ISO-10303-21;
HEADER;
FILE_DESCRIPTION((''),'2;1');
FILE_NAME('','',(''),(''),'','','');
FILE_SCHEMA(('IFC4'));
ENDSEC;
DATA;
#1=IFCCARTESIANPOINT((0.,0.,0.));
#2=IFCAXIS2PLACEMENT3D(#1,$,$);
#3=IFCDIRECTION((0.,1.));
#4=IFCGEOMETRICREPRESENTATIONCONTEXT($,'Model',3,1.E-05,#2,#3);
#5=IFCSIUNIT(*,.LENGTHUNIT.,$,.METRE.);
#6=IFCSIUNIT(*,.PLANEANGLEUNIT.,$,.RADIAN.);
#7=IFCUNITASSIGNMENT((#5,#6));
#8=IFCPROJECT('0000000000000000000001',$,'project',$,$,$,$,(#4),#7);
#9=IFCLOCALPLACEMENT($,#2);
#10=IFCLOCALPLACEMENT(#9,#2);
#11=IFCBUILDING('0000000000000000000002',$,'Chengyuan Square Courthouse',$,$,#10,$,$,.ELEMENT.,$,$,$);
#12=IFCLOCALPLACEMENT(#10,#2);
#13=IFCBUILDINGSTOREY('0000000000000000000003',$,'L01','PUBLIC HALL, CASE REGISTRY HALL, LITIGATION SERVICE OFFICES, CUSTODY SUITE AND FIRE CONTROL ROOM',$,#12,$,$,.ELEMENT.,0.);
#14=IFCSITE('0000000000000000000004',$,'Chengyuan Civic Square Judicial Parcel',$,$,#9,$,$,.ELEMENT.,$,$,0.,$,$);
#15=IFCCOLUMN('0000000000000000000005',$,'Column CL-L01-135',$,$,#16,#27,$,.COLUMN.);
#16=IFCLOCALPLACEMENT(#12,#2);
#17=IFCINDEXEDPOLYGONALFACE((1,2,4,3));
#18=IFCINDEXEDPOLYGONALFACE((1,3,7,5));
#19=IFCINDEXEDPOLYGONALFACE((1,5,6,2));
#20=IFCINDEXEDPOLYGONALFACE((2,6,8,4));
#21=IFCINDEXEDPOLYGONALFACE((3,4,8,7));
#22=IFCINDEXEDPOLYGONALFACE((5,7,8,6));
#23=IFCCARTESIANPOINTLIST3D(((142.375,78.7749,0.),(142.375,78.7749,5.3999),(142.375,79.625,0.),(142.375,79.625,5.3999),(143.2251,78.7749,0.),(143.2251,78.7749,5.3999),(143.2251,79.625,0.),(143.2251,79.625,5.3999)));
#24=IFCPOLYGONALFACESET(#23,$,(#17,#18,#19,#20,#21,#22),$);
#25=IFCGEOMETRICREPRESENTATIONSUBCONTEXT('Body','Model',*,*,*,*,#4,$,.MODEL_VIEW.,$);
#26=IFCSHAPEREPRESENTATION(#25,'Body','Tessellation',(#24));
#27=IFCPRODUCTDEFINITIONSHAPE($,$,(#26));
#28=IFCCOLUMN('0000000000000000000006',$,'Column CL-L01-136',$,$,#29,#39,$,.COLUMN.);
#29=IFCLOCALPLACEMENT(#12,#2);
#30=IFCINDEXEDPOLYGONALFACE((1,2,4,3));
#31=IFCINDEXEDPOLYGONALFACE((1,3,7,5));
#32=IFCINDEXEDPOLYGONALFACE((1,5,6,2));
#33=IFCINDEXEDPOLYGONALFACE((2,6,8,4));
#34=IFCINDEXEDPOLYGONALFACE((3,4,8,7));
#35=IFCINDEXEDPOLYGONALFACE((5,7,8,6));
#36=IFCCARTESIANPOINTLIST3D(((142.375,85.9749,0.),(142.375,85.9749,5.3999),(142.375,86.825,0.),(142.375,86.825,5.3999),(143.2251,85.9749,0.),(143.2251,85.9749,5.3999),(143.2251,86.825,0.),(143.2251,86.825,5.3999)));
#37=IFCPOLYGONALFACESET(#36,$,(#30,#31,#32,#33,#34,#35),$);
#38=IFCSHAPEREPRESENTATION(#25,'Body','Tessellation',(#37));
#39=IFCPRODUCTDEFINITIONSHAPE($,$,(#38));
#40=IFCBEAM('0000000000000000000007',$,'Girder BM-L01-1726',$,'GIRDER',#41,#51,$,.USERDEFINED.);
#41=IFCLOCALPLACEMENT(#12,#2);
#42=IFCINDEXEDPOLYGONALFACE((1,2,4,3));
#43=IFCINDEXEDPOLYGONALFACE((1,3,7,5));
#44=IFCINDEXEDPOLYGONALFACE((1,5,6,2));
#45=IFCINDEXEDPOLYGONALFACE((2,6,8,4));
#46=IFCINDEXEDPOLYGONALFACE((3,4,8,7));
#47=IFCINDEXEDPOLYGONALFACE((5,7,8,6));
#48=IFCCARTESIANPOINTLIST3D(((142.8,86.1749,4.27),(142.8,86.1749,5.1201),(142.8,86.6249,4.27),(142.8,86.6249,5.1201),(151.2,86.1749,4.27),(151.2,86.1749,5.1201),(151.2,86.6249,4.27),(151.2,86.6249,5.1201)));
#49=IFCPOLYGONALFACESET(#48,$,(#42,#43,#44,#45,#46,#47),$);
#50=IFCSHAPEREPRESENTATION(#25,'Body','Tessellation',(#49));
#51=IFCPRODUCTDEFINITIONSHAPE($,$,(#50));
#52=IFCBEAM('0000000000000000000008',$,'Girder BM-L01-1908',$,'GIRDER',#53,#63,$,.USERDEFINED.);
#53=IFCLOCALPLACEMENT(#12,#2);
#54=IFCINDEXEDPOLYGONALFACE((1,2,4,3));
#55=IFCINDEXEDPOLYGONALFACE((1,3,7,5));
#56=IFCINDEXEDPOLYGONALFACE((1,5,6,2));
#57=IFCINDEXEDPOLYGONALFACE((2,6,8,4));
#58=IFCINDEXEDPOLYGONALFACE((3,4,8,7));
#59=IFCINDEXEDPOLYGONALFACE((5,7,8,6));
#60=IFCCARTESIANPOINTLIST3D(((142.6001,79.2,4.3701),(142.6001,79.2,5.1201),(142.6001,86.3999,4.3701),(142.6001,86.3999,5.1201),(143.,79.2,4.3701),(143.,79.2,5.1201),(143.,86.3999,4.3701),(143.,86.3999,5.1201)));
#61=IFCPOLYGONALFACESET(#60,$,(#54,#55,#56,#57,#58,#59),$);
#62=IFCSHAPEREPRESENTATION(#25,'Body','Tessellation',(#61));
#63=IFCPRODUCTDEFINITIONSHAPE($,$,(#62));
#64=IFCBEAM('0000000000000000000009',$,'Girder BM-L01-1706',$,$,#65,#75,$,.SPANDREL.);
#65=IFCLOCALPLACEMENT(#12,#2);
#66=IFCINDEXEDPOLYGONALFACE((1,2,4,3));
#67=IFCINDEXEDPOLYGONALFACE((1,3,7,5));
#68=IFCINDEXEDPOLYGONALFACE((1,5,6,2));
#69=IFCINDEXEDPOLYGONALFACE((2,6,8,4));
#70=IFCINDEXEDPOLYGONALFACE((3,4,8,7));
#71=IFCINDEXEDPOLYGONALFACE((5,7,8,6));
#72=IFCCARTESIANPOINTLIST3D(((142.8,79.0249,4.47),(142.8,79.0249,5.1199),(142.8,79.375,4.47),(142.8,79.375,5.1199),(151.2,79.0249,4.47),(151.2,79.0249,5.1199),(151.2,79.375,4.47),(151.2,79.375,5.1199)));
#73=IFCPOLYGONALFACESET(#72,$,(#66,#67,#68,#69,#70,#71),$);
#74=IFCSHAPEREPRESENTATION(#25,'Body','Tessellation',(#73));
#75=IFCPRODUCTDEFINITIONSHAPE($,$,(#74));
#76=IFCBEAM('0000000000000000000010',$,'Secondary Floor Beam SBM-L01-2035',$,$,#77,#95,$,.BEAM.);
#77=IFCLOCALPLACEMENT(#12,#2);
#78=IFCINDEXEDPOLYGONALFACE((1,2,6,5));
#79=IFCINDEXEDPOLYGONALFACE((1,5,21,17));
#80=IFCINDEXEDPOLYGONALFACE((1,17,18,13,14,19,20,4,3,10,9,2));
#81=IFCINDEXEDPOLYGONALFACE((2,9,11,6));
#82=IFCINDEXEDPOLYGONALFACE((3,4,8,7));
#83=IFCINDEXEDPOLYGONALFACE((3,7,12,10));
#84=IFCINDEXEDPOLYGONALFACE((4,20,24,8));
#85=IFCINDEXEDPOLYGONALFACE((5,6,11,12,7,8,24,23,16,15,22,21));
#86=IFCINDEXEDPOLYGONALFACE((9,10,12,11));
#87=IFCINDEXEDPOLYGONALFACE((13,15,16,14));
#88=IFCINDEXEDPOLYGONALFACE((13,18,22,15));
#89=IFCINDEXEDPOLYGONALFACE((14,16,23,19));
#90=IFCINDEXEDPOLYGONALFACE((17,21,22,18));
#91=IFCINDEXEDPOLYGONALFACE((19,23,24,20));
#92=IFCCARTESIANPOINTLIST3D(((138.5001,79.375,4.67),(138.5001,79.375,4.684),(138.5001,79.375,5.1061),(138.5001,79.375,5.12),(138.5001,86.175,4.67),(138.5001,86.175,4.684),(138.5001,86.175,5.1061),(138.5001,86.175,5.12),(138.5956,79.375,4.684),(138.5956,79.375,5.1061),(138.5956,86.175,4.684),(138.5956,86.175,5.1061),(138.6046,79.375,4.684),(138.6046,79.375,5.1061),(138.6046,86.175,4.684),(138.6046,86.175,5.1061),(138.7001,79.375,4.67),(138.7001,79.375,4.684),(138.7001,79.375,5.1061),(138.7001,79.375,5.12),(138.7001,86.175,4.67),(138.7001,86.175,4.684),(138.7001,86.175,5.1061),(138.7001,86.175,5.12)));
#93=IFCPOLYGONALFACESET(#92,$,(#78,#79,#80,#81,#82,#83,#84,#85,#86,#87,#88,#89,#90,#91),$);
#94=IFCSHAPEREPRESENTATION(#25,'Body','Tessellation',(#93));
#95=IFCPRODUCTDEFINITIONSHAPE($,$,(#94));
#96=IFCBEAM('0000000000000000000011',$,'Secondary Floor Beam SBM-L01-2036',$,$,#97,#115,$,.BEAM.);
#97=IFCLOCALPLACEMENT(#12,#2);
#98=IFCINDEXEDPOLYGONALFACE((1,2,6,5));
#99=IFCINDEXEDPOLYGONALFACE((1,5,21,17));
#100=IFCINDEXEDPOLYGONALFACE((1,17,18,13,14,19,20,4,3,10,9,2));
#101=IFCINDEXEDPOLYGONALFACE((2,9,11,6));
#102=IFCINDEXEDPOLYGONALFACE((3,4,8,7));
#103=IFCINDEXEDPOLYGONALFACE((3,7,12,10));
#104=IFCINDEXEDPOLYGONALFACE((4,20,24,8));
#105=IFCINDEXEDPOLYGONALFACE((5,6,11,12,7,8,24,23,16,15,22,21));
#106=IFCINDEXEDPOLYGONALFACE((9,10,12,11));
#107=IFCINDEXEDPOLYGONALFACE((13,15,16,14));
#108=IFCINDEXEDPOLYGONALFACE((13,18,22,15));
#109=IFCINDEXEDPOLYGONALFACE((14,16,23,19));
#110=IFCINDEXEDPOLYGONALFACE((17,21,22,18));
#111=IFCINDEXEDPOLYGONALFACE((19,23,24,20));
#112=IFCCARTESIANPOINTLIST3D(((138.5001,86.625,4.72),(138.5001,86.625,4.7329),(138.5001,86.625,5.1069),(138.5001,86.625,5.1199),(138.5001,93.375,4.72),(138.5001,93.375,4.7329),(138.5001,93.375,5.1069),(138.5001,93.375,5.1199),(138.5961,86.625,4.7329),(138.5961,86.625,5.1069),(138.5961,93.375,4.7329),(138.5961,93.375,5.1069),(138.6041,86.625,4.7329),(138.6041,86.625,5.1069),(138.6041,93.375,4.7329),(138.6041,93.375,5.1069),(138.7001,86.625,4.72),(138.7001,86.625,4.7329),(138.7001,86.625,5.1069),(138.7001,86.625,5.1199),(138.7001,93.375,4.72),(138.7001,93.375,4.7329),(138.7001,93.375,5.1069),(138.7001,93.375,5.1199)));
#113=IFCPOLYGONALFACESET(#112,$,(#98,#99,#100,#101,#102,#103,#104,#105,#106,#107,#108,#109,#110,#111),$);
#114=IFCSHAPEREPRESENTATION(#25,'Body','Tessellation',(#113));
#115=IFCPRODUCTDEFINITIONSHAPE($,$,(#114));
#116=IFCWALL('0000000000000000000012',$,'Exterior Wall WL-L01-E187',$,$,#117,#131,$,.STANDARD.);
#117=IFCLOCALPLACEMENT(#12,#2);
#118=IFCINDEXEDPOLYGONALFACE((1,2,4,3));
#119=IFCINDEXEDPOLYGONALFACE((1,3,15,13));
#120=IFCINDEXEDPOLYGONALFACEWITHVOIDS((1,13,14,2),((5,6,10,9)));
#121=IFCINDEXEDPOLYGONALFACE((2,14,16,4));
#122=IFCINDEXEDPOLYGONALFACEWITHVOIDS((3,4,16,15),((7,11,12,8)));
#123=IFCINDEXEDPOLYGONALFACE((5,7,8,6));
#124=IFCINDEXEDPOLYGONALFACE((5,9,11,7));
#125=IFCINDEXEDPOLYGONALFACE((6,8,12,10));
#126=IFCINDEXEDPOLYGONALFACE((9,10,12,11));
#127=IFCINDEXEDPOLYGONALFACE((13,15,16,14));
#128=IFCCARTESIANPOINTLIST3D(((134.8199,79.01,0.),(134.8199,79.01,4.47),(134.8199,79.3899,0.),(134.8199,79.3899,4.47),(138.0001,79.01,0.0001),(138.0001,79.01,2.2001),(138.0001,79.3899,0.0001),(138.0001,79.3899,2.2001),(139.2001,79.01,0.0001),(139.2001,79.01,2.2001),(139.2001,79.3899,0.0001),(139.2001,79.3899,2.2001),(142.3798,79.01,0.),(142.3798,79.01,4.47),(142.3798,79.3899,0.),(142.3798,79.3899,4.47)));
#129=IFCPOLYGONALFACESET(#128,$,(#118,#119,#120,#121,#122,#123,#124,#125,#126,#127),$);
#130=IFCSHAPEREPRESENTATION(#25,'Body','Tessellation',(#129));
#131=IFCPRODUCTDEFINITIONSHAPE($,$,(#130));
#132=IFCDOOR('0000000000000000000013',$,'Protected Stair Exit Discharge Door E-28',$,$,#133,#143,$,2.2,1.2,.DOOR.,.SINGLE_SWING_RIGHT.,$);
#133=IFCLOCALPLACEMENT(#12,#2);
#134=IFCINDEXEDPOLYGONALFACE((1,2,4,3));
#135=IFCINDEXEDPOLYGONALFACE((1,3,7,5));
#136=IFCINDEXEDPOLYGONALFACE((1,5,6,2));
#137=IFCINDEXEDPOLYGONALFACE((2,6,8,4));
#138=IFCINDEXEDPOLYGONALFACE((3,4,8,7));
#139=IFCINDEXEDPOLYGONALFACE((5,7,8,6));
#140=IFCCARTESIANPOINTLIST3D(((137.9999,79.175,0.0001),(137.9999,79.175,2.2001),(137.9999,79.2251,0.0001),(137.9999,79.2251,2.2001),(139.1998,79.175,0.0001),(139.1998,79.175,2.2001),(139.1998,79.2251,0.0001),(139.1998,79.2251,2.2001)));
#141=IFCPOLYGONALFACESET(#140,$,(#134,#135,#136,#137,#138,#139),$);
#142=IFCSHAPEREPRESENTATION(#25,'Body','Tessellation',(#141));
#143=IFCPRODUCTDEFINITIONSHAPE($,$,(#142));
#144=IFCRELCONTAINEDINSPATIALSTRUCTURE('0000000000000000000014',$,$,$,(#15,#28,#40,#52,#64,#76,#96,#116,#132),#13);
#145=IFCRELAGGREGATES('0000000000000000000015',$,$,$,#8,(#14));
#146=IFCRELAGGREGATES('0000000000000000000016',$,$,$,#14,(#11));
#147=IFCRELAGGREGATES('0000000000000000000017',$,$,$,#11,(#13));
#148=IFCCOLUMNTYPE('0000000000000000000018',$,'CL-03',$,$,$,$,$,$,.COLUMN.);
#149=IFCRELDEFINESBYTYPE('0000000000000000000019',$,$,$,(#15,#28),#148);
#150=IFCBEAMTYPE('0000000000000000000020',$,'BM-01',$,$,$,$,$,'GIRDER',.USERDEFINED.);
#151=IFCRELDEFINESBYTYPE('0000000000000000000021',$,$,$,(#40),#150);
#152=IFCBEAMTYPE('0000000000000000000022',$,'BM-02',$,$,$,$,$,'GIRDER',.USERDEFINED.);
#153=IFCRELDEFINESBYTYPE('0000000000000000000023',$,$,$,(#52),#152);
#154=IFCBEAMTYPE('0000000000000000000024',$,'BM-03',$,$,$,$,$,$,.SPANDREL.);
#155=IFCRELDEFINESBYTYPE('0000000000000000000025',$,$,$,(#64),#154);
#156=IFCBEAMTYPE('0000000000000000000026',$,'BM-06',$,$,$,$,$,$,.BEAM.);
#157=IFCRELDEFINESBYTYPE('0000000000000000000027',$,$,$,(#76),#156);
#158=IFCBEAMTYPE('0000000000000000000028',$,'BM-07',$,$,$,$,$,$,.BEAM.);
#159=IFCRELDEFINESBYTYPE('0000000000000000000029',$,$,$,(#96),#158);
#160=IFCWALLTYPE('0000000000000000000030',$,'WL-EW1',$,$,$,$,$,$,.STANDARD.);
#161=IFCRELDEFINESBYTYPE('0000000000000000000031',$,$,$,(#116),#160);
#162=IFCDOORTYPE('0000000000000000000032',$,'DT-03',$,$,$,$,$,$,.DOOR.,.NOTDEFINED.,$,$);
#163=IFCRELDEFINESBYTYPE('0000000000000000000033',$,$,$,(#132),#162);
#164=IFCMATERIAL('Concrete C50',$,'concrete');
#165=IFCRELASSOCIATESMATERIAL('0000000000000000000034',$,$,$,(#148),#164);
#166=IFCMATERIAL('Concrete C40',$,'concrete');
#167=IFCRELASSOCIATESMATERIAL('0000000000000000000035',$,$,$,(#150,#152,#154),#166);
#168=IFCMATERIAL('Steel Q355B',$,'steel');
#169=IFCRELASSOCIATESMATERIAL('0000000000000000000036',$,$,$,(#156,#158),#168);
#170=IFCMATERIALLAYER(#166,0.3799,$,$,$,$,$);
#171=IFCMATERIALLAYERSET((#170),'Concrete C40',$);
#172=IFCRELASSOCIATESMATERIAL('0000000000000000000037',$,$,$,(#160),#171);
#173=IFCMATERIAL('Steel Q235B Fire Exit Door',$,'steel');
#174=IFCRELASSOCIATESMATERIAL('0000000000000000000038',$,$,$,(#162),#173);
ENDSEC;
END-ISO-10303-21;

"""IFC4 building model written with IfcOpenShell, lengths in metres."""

from ifc_helpers import new_model, si_unit, direction, frame, frame_2d, origin, origin_2d, place, context, subcontext, project, spatial, rectangle, i_section, extrude, material, layer, layer_set, material_profile, profile_set, type_object, element, fill, save


model = new_model("IFC4")

# Units and contexts
model_context = context("Model", 3, precision=1e-05, world=origin(), true_north=direction((0.0, 1.0)))
body_context = subcontext(model_context, "Body", "Model", "MODEL_VIEW")
ifc_project = project(units=[si_unit("LENGTHUNIT", "METRE"), si_unit("PLANEANGLEUNIT", "RADIAN")], contexts=[model_context])

# Site, building, storey
site_placement = place(None, origin())
site = spatial("IfcSite", under=ifc_project, at=site_placement, Name="Chengyuan Civic Square Judicial Parcel", CompositionType="ELEMENT", RefElevation=0.0)
building_placement = place(site_placement, origin())
building = spatial("IfcBuilding", under=site, at=building_placement, Name="Chengyuan Square Courthouse", CompositionType="ELEMENT")
storey_placement = place(building_placement, origin())
storey = spatial("IfcBuildingStorey", under=building, at=storey_placement, Name="L01", Description="PUBLIC HALL, CASE REGISTRY HALL, LITIGATION SERVICE OFFICES, CUSTODY SUITE AND FIRE CONTROL ROOM", CompositionType="ELEMENT", Elevation=0.0)

# Columns
ifc_material_1 = material(Name="Concrete C50", Category="concrete")
ifc_material_profile_1 = material_profile(ifc_material_1, rectangle(XDim=0.8501, YDim=0.8501, at=origin_2d()), Name="RC-COL-850x850")
ifc_profile_set_1 = profile_set([ifc_material_profile_1], Name="Concrete C50")
column_type = type_object("IfcColumnType", Name="CL-03", PredefinedType="COLUMN", material=ifc_profile_set_1)
for number, where, z_axis, x_axis, name in (
    (1, (142.8, 79.2, 0.0), (0.0, 0.0, 1.0), (1.0, 0.0, 0.0), "Column CL-L01-135"),
    (2, (142.8, 86.3999, 0.0), (0.0, 0.0, 1.0), (1.0, 0.0, 0.0), "Column CL-L01-136"),
):
    element("IfcColumn", number, at=place(storey_placement, frame(where, z_axis=z_axis, x_axis=x_axis)), inside=storey, type_object=column_type, Name=name, PredefinedType="COLUMN", context=body_context, shape_type="SweptSolid", body=[
        extrude(rectangle(XDim=0.8501, YDim=0.8501, at=origin_2d()), origin(), (0.0, 0.0, 1.0), 5.3999),
    ])

# Beams
ifc_material_2 = material(Name="Concrete C40", Category="concrete")
ifc_material_profile_2 = material_profile(ifc_material_2, rectangle(XDim=0.45, YDim=0.8501, at=origin_2d()), Name="RC-BM-450x850")
ifc_profile_set_2 = profile_set([ifc_material_profile_2], Name="Concrete C40")
beam_type_1 = type_object("IfcBeamType", Name="BM-01", ElementType="GIRDER", PredefinedType="USERDEFINED", material=ifc_profile_set_2)
beam_1_placement = place(storey_placement, frame((142.8, 86.3999, 4.6951), z_axis=(1.0, 0.0, 0.0), x_axis=(0.0, 1.0, 0.0)))
element("IfcBeam", 3, at=beam_1_placement, inside=storey, type_object=beam_type_1, Name="Girder BM-L01-1726", ObjectType="GIRDER", PredefinedType="USERDEFINED", context=body_context, shape_type="SweptSolid", body=[
    extrude(rectangle(XDim=0.45, YDim=0.8501, at=origin_2d()), origin(), (0.0, 0.0, 1.0), 8.3999),
])
ifc_material_profile_3 = material_profile(ifc_material_2, rectangle(XDim=0.3999, YDim=0.75, at=origin_2d()), Name="RC-BM-400x750")
ifc_profile_set_3 = profile_set([ifc_material_profile_3], Name="Concrete C40")
beam_type_2 = type_object("IfcBeamType", Name="BM-02", ElementType="GIRDER", PredefinedType="USERDEFINED", material=ifc_profile_set_3)
beam_2_placement = place(storey_placement, frame((142.8, 79.2, 4.7451), z_axis=(0.0, 1.0, 0.0), x_axis=(-1.0, 0.0, 0.0)))
element("IfcBeam", 4, at=beam_2_placement, inside=storey, type_object=beam_type_2, Name="Girder BM-L01-1908", ObjectType="GIRDER", PredefinedType="USERDEFINED", context=body_context, shape_type="SweptSolid", body=[
    extrude(rectangle(XDim=0.3999, YDim=0.75, at=origin_2d()), origin(), (0.0, 0.0, 1.0), 7.2),
])
ifc_material_profile_4 = material_profile(ifc_material_2, rectangle(XDim=0.3501, YDim=0.6499, at=origin_2d()), Name="RC-BM-350x650")
ifc_profile_set_4 = profile_set([ifc_material_profile_4], Name="Concrete C40")
beam_type_3 = type_object("IfcBeamType", Name="BM-03", PredefinedType="SPANDREL", material=ifc_profile_set_4)
beam_3_placement = place(storey_placement, frame((142.8, 79.2, 4.7949), z_axis=(1.0, 0.0, 0.0), x_axis=(0.0, 1.0, 0.0)))
element("IfcBeam", 5, at=beam_3_placement, inside=storey, type_object=beam_type_3, Name="Girder BM-L01-1706", PredefinedType="SPANDREL", context=body_context, shape_type="SweptSolid", body=[
    extrude(rectangle(XDim=0.3501, YDim=0.6499, at=origin_2d()), origin(), (0.0, 0.0, 1.0), 8.3999),
])
ifc_material_3 = material(Name="Steel Q355B", Category="steel")
ifc_material_profile_5 = material_profile(ifc_material_3, i_section(OverallWidth=0.2, OverallDepth=0.45, WebThickness=0.009, FlangeThickness=0.0139, at=origin_2d()), Name="HN 450x200x9x14")
ifc_profile_set_5 = profile_set([ifc_material_profile_5], Name="Steel Q355B")
beam_type_4 = type_object("IfcBeamType", Name="BM-06", PredefinedType="BEAM", material=ifc_profile_set_5)
beam_4_placement = place(storey_placement, frame((138.6001, 79.375, 4.895), z_axis=(0.0, 1.0, 0.0), x_axis=(-1.0, 0.0, 0.0)))
element("IfcBeam", 6, at=beam_4_placement, inside=storey, type_object=beam_type_4, Name="Secondary Floor Beam SBM-L01-2035", PredefinedType="BEAM", context=body_context, shape_type="SweptSolid", body=[
    extrude(i_section(OverallWidth=0.2, OverallDepth=0.45, WebThickness=0.009, FlangeThickness=0.0139, at=origin_2d()), origin(), (0.0, 0.0, 1.0), 6.8),
])
ifc_material_profile_6 = material_profile(ifc_material_3, i_section(OverallWidth=0.2, OverallDepth=0.3999, WebThickness=0.0081, FlangeThickness=0.0129, at=origin_2d()), Name="HN 400x200x8x13")
ifc_profile_set_6 = profile_set([ifc_material_profile_6], Name="Steel Q355B")
beam_type_5 = type_object("IfcBeamType", Name="BM-07", PredefinedType="BEAM", material=ifc_profile_set_6)
beam_5_placement = place(storey_placement, frame((138.6001, 86.625, 4.9199), z_axis=(0.0, 1.0, 0.0), x_axis=(-1.0, 0.0, 0.0)))
element("IfcBeam", 7, at=beam_5_placement, inside=storey, type_object=beam_type_5, Name="Secondary Floor Beam SBM-L01-2036", PredefinedType="BEAM", context=body_context, shape_type="SweptSolid", body=[
    extrude(i_section(OverallWidth=0.2, OverallDepth=0.3999, WebThickness=0.0081, FlangeThickness=0.0129, at=origin_2d()), origin(), (0.0, 0.0, 1.0), 6.75),
])

# Wall, opening, door
ifc_layer_1 = layer(ifc_material_2, 0.3799)
ifc_layer_set_1 = layer_set([ifc_layer_1], Name="Concrete C40")
wall_type_1 = type_object("IfcWallType", Name="WL-EW1", PredefinedType="STANDARD", material=ifc_layer_set_1)
wall_1_placement = place(storey_placement, frame((134.8201, 79.2, 0.0), z_axis=(0.0, 0.0, 1.0), x_axis=(1.0, 0.0, 0.0)))
wall_1 = element("IfcWall", 8, at=wall_1_placement, inside=storey, type_object=wall_type_1, Name="Exterior Wall WL-L01-E187", PredefinedType="STANDARD", context=body_context, shape_type="SweptSolid", body=[
    extrude(rectangle(XDim=7.5598, YDim=0.3799, at=frame_2d((3.7798, 0.0))), origin(), (0.0, 0.0, 1.0), 4.47),
])
opening_1_placement = place(wall_1_placement, frame((3.1799, 0.0, 0.0)))
opening_1 = element("IfcOpeningElement", 9, at=opening_1_placement, cuts=wall_1, PredefinedType="OPENING", context=body_context, shape_type="SweptSolid", body=[
    extrude(rectangle(XDim=1.2, YDim=2.2, at=frame_2d((0.6001, 1.1001))), frame((0.0, 0.2019, 0.0), z_axis=(0.0, -1.0, 0.0), x_axis=(1.0, 0.0, 0.0)), (0.0, 0.0, 1.0), 0.4038),
])
ifc_material_4 = material(Name="Steel Q235B Fire Exit Door", Category="steel")
door_type_1 = type_object("IfcDoorType", Name="DT-03", OperationType="NOTDEFINED", PredefinedType="DOOR", material=ifc_material_4)
door_1_placement = place(opening_1_placement, frame((1.2, 0.0, 0.0), z_axis=(0.0, 0.0, 1.0), x_axis=(-1.0, 0.0, 0.0)))
door_1 = element("IfcDoor", 10, at=door_1_placement, inside=storey, type_object=door_type_1, Name="Protected Stair Exit Discharge Door E-28", OperationType="SINGLE_SWING_RIGHT", OverallHeight=2.2, OverallWidth=1.2, PredefinedType="DOOR", context=body_context, shape_type="SweptSolid", body=[
    extrude(rectangle(XDim=1.2, YDim=2.2, at=frame_2d((0.6001, 1.1001))), frame((0.0, 0.0249, 0.0), z_axis=(0.0, -1.0, 0.0), x_axis=(1.0, 0.0, 0.0)), (0.0, 0.0, 1.0), 0.05),
])
fill(opening_1, door_1)

save(model, "model.ifc")
